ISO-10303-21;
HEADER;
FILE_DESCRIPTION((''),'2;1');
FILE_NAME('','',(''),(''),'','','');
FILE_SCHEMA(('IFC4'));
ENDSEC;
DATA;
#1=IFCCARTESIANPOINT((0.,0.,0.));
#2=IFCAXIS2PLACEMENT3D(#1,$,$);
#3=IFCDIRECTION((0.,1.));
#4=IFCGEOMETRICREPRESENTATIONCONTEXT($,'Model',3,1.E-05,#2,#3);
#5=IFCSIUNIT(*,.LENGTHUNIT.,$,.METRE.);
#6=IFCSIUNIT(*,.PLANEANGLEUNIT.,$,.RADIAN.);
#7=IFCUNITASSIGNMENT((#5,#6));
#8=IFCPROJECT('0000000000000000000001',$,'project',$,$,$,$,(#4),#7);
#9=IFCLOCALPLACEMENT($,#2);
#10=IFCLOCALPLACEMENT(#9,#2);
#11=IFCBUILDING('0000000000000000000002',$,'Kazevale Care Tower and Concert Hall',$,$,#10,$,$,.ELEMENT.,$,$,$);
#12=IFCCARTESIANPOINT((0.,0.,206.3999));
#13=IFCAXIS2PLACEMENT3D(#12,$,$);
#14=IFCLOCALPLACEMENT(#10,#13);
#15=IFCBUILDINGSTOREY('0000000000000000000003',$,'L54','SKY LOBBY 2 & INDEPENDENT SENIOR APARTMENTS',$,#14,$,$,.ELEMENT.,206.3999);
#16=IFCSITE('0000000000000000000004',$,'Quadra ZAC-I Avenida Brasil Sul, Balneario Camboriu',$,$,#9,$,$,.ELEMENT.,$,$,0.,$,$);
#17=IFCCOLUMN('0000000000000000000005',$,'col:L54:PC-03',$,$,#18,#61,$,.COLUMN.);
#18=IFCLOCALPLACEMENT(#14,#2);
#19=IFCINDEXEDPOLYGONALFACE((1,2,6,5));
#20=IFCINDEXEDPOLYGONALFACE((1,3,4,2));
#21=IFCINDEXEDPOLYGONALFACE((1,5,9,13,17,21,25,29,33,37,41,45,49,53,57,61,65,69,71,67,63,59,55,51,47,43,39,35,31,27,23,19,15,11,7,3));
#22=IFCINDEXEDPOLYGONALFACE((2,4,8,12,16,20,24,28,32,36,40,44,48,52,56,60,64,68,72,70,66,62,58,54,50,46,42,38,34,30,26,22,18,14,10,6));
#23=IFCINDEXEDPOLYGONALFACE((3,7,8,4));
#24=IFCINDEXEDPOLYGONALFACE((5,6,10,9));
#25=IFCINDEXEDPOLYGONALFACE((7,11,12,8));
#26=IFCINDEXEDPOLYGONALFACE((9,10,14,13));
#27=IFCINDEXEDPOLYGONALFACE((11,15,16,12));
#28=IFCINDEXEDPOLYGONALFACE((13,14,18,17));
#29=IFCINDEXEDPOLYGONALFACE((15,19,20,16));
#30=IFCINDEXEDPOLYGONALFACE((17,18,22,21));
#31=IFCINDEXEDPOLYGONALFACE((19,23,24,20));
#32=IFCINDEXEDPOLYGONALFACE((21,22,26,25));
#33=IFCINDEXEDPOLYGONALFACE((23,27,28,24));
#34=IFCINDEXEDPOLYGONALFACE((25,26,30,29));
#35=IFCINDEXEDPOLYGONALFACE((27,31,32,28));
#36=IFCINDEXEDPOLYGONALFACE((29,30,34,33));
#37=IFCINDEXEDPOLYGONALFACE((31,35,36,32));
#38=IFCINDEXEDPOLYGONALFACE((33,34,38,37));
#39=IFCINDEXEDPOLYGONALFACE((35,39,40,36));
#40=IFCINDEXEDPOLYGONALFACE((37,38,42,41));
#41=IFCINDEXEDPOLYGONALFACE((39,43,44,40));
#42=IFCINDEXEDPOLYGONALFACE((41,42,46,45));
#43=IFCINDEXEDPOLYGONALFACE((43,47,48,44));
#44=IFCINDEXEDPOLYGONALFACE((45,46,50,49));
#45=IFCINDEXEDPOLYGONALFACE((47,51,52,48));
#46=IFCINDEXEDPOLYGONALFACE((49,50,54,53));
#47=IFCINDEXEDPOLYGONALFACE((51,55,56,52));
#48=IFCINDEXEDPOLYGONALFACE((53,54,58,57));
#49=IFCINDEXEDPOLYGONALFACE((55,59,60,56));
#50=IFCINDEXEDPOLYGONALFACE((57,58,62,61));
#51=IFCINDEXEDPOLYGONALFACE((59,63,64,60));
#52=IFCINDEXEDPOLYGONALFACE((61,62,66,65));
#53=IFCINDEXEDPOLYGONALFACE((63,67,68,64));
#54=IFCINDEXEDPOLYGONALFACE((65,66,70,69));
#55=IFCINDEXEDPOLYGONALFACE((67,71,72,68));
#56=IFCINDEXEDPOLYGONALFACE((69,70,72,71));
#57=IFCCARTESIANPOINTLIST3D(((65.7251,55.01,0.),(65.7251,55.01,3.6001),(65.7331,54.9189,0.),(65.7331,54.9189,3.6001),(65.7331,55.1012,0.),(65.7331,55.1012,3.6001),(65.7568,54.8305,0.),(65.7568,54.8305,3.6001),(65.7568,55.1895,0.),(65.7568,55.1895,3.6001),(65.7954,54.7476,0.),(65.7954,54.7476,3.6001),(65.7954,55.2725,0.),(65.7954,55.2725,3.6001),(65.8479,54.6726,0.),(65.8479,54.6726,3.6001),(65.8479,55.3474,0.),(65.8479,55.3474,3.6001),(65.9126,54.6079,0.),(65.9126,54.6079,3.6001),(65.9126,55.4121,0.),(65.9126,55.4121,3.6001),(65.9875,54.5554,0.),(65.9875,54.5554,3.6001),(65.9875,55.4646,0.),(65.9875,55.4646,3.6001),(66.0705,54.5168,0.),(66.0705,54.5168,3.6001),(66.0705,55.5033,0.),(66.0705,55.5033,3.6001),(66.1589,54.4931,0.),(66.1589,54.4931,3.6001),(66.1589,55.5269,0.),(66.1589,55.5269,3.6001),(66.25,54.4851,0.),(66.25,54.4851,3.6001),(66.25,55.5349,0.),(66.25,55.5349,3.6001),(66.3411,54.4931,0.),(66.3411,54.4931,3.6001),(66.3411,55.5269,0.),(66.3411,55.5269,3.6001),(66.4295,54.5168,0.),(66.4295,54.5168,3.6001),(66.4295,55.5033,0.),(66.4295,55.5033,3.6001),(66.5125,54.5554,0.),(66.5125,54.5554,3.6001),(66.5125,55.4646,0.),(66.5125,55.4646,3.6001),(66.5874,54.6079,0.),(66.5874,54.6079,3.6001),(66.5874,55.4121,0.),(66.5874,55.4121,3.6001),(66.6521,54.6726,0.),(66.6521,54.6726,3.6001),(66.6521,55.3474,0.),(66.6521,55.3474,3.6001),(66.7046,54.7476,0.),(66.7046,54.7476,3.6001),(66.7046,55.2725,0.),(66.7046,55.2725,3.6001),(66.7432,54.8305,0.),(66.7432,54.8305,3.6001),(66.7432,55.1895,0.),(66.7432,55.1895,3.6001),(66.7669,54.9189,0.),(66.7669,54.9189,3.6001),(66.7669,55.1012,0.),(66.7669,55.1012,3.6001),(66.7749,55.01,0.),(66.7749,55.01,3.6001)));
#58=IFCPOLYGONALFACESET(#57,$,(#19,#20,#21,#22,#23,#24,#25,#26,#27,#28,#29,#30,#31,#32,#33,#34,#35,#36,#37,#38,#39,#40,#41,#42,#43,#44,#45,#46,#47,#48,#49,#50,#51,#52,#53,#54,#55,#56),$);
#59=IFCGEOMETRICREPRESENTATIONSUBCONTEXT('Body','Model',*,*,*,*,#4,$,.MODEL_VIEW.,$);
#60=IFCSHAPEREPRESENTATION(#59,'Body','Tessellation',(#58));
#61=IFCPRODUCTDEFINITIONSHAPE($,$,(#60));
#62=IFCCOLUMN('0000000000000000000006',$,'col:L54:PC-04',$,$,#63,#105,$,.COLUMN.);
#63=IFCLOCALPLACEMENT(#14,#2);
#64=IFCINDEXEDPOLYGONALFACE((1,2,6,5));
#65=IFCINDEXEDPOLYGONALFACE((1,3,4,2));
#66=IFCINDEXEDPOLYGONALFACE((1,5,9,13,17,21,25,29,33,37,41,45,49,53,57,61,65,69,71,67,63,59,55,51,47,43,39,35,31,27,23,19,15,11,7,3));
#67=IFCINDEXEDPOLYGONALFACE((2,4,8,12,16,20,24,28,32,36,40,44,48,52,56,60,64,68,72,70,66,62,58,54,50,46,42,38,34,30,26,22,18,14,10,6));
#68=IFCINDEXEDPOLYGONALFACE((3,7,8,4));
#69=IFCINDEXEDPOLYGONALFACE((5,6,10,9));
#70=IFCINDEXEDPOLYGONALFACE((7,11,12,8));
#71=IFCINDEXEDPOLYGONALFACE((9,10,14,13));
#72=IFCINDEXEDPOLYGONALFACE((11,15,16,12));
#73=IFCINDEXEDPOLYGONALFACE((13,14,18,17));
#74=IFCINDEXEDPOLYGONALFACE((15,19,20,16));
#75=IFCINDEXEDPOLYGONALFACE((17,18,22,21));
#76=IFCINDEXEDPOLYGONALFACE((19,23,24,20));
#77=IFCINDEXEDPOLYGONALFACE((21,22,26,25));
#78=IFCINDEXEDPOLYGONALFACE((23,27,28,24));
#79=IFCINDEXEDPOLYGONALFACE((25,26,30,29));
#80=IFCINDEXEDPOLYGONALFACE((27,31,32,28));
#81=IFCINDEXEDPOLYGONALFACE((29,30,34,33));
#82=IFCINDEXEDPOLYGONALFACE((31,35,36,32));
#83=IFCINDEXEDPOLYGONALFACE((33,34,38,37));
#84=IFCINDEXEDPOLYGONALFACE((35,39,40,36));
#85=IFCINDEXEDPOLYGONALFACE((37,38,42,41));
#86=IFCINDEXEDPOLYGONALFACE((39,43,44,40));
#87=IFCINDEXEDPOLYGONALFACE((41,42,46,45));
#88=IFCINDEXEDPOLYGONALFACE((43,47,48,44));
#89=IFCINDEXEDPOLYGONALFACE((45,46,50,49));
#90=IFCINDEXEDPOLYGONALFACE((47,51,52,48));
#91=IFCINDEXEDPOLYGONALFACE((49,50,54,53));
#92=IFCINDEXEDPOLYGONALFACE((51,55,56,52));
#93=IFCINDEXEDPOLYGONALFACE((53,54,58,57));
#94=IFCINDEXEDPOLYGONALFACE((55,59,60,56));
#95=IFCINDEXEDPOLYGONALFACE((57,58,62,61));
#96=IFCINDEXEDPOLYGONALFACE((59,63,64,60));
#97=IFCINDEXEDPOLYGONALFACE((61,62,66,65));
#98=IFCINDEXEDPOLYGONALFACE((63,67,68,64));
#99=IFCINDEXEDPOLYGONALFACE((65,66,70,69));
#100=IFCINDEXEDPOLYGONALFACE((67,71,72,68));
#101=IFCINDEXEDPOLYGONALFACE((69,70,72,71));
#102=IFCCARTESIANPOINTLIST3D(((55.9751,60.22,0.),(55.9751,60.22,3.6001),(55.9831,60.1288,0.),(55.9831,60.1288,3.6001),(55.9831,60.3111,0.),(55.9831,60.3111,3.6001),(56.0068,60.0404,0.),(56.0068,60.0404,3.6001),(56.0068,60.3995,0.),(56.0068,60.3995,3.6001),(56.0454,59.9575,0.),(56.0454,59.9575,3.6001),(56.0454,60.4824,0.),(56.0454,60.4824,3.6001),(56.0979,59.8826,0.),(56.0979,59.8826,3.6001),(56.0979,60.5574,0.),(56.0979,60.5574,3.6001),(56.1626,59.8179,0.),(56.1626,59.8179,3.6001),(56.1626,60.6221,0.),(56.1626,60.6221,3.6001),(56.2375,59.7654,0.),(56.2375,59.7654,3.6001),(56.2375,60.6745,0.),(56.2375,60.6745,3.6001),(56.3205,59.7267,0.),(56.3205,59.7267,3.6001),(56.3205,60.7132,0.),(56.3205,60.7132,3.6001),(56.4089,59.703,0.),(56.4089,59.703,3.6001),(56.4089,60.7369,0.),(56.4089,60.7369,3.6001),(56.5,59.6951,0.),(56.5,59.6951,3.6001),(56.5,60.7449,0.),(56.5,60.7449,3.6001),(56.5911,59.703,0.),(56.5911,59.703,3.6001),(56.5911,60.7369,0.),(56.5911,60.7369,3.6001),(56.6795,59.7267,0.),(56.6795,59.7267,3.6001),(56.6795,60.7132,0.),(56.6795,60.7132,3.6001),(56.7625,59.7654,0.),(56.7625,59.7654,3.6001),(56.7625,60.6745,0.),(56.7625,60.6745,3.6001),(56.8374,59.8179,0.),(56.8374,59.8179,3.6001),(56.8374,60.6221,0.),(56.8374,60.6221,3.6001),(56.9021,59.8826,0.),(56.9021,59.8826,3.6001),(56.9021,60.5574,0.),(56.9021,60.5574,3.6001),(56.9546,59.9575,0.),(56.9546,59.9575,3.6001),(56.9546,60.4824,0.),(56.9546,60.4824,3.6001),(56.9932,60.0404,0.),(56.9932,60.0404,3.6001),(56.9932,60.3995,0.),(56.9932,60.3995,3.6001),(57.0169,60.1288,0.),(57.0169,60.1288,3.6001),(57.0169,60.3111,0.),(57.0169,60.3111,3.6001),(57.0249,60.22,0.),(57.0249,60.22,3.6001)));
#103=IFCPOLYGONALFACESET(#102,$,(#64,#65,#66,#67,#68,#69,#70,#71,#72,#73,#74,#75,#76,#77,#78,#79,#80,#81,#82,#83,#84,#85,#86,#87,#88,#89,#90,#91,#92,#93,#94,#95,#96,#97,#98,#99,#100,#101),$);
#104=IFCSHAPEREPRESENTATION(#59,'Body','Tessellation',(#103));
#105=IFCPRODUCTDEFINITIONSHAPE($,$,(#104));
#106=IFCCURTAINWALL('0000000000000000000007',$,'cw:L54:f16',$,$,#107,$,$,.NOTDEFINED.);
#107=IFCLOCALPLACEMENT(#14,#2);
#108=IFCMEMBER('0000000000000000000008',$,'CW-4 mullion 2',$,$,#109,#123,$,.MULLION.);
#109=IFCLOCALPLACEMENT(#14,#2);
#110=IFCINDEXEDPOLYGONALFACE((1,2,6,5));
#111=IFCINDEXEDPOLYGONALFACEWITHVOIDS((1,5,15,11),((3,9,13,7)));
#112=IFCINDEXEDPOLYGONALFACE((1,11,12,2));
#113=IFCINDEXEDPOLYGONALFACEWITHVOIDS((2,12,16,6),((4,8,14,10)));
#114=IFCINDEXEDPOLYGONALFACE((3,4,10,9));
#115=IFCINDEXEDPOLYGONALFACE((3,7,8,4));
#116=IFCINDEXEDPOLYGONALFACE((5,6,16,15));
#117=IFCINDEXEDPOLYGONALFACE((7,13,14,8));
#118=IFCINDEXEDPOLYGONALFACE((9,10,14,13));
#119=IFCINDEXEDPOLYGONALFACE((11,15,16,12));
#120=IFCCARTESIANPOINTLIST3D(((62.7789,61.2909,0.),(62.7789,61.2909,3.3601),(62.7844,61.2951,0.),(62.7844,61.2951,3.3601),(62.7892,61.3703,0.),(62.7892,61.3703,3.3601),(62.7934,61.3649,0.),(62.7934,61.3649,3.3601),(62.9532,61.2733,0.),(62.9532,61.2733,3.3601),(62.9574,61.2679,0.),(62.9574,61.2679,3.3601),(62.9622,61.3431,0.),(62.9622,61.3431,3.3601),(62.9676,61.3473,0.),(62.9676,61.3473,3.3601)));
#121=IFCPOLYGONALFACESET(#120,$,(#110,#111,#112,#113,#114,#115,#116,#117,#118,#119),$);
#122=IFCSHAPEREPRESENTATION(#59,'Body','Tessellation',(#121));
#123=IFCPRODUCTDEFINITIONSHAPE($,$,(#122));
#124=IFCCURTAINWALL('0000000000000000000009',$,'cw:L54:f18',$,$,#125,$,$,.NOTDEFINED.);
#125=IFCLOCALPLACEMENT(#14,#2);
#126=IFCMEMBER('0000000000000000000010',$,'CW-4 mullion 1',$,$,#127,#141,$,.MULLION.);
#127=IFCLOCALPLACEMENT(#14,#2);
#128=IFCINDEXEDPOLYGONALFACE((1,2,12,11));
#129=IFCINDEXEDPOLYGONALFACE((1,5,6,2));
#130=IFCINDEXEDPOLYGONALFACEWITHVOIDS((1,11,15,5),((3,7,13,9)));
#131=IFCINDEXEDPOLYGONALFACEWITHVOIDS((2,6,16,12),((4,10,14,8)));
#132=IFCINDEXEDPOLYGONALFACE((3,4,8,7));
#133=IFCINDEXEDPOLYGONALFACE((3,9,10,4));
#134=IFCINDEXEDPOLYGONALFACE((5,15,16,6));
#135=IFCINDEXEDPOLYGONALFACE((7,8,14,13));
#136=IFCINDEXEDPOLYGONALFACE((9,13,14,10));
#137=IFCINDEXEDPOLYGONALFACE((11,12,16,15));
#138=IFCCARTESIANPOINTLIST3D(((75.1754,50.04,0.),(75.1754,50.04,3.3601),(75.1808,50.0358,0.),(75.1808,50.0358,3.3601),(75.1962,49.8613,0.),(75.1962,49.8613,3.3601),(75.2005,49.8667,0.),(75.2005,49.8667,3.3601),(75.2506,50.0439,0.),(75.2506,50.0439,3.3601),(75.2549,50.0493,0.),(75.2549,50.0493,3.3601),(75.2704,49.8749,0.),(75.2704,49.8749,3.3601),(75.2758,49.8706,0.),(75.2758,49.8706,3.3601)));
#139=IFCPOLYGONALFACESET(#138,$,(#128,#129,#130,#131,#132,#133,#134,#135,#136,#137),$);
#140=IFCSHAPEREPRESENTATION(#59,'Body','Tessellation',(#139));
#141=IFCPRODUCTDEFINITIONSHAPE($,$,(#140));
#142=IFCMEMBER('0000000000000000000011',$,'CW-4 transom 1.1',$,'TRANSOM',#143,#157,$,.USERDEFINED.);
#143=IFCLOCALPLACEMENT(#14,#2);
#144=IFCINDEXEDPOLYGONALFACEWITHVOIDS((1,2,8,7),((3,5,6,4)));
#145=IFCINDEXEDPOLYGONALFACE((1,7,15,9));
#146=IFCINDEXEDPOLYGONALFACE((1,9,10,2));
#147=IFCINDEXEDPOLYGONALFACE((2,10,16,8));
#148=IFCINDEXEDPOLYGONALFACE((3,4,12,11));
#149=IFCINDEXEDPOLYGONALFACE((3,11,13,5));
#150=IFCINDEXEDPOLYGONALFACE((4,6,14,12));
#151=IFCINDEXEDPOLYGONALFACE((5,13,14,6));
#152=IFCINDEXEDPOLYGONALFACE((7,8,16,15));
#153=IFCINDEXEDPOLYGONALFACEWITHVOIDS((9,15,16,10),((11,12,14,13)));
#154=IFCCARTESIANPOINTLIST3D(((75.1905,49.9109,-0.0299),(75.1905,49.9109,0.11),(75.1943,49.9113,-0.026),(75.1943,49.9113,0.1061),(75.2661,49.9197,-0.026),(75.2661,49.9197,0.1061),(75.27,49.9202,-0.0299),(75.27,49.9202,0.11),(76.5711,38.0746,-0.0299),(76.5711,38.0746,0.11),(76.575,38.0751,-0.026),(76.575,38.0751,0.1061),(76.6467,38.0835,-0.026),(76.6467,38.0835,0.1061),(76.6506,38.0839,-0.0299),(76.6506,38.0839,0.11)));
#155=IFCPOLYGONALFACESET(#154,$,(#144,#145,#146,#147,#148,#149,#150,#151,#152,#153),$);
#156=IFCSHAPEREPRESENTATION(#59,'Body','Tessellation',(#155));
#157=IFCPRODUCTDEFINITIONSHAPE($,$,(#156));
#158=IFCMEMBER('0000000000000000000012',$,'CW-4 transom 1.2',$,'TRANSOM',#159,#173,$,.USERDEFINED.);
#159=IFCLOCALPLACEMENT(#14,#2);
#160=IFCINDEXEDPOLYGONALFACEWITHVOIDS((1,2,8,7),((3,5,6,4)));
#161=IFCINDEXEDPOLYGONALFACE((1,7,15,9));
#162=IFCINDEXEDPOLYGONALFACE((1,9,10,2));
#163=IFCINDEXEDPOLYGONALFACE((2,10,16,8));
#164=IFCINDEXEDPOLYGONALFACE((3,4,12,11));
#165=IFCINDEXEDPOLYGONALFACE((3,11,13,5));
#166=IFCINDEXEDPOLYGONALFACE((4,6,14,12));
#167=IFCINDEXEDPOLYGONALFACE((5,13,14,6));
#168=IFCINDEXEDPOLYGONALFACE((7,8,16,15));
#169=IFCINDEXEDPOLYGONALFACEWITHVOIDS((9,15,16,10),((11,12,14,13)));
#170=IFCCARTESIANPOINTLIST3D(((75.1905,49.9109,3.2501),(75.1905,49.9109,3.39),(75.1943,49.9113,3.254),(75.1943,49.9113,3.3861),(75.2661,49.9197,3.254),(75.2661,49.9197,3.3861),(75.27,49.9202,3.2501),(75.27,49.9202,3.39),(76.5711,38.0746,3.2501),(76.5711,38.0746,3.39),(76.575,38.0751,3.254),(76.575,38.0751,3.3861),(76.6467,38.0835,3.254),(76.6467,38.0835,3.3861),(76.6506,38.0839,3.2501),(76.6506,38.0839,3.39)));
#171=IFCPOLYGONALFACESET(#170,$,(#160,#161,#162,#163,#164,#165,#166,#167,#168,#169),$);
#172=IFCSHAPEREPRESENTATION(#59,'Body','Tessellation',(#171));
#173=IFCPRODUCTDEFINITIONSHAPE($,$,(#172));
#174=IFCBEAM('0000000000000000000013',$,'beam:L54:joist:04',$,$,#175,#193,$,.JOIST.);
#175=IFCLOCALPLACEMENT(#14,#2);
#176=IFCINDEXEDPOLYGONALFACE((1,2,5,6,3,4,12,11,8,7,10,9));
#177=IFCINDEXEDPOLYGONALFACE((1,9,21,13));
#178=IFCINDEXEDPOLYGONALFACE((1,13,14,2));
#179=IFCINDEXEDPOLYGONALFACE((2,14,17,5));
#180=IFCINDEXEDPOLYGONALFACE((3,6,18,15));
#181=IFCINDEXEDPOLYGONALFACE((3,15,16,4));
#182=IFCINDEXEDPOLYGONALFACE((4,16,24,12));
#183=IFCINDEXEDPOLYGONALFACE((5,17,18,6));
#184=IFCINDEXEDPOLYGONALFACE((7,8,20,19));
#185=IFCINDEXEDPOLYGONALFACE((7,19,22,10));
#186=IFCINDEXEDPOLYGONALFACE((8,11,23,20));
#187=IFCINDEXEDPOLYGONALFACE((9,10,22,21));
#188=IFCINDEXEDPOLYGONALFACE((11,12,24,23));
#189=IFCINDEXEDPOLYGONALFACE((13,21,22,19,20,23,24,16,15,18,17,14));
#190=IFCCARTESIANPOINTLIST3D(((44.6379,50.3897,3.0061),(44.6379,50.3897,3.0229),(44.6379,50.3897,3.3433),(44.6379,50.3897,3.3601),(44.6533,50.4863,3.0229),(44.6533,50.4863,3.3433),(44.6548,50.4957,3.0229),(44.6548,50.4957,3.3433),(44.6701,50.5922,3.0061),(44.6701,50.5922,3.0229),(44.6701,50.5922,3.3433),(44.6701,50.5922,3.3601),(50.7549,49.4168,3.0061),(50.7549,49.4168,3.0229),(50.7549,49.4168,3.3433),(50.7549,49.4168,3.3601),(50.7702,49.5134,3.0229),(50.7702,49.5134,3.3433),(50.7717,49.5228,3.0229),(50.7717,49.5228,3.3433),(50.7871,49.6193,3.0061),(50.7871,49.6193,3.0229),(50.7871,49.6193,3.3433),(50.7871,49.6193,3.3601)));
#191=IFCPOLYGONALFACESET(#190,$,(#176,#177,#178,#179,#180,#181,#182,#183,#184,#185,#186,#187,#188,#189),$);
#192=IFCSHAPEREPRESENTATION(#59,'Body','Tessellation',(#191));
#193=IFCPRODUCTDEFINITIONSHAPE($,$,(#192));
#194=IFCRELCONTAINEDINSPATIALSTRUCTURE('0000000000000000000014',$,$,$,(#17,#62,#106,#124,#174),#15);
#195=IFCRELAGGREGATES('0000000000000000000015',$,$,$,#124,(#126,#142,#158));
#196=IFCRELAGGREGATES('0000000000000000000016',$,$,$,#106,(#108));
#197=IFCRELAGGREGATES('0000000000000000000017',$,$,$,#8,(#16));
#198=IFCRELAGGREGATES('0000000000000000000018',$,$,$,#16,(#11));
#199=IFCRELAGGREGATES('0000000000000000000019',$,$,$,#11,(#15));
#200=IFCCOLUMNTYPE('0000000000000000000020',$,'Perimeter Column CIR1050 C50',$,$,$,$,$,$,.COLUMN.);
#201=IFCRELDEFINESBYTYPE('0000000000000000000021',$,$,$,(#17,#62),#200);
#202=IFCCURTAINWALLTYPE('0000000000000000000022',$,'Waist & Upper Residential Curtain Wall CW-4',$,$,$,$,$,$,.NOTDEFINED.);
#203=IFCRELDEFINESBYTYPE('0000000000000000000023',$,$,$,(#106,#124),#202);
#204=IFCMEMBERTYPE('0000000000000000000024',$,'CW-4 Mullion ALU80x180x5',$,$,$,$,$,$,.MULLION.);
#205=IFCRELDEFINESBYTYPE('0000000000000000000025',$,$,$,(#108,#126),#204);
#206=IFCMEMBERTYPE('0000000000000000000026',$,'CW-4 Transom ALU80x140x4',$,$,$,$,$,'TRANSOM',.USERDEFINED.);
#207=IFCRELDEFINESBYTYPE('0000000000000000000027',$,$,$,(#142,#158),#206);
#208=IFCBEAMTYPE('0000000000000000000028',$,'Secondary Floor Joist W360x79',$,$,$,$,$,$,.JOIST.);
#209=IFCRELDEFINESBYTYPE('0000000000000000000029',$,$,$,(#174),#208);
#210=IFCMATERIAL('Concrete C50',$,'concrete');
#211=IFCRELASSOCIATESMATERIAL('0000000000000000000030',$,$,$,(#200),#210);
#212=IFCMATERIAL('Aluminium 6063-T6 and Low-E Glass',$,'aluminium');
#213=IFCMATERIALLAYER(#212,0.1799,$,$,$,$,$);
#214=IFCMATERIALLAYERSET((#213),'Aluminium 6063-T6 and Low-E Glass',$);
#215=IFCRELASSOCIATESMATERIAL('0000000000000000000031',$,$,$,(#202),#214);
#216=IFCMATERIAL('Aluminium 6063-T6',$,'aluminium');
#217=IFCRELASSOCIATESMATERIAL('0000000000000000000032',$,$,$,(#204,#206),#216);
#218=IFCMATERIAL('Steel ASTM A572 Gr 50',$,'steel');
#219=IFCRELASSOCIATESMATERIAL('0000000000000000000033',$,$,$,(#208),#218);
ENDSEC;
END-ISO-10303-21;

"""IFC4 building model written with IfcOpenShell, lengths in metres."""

from ifc_helpers import new_model, si_unit, direction, frame, origin, origin_2d, place, context, subcontext, project, spatial, hollow_rectangle, circle, i_section, extrude, material, layer, layer_set, material_profile, profile_set, type_object, element, aggregate, save


model = new_model("IFC4")

# Units and contexts
model_context = context("Model", 3, precision=1e-05, world=origin(), true_north=direction((0.0, 1.0)))
body_context = subcontext(model_context, "Body", "Model", "MODEL_VIEW")
ifc_project = project(units=[si_unit("LENGTHUNIT", "METRE"), si_unit("PLANEANGLEUNIT", "RADIAN")], contexts=[model_context])

# Site, building, storey
site_placement = place(None, origin())
site = spatial("IfcSite", under=ifc_project, at=site_placement, Name="Quadra ZAC-I Avenida Brasil Sul, Balneario Camboriu", CompositionType="ELEMENT", RefElevation=0.0)
building_placement = place(site_placement, origin())
building = spatial("IfcBuilding", under=site, at=building_placement, Name="Kazevale Care Tower and Concert Hall", CompositionType="ELEMENT")
storey_placement = place(building_placement, frame((0.0, 0.0, 206.3999)))
storey = spatial("IfcBuildingStorey", under=building, at=storey_placement, Name="L54", Description="SKY LOBBY 2 & INDEPENDENT SENIOR APARTMENTS", CompositionType="ELEMENT", Elevation=206.3999)

# Columns
ifc_material_1 = material(Name="Concrete C50", Category="concrete")
ifc_material_profile_1 = material_profile(ifc_material_1, circle(Radius=0.5249, at=origin_2d()), Name="RC-CIR1050")
ifc_profile_set_1 = profile_set([ifc_material_profile_1], Name="Concrete C50")
column_type = type_object("IfcColumnType", Name="Perimeter Column CIR1050 C50", PredefinedType="COLUMN", material=ifc_profile_set_1)
for number, where, z_axis, x_axis, name in (
    (1, (66.25, 55.01, 0.0), (0.0, 0.0, 1.0), (1.0, 0.0, 0.0), "col:L54:PC-03"),
    (2, (56.5, 60.22, 0.0), (0.0, 0.0, 1.0), (1.0, 0.0, 0.0), "col:L54:PC-04"),
):
    element("IfcColumn", number, at=place(storey_placement, frame(where, z_axis=z_axis, x_axis=x_axis)), inside=storey, type_object=column_type, Name=name, PredefinedType="COLUMN", context=body_context, shape_type="SweptSolid", body=[
        extrude(circle(Radius=0.5249, at=origin_2d()), origin(), (0.0, 0.0, 1.0), 3.6001),
    ])

# Curtain wall, member
ifc_material_2 = material(Name="Aluminium 6063-T6 and Low-E Glass", Category="aluminium")
ifc_layer_1 = layer(ifc_material_2, 0.1799)
ifc_layer_set_1 = layer_set([ifc_layer_1], Name="Aluminium 6063-T6 and Low-E Glass")
curtain_wall_type = type_object("IfcCurtainWallType", Name="Waist & Upper Residential Curtain Wall CW-4", PredefinedType="NOTDEFINED", material=ifc_layer_set_1)
curtain_wall_1_placement = place(storey_placement, origin())
curtain_wall_1 = element("IfcCurtainWall", 3, at=curtain_wall_1_placement, inside=storey, type_object=curtain_wall_type, Name="cw:L54:f16", PredefinedType="NOTDEFINED")
ifc_material_3 = material(Name="Aluminium 6063-T6", Category="aluminium")
ifc_material_profile_2 = material_profile(ifc_material_3, hollow_rectangle(XDim=0.0801, YDim=0.1799, WallThickness=0.0049, at=origin_2d()), Name="ALU80x180x5")
ifc_profile_set_2 = profile_set([ifc_material_profile_2], Name="Aluminium 6063-T6")
member_type_1 = type_object("IfcMemberType", Name="CW-4 Mullion ALU80x180x5", PredefinedType="MULLION", material=ifc_profile_set_2)
member_1_placement = place(storey_placement, frame((62.8733, 61.3191, 0.0), z_axis=(0.0, 0.0, 1.0), x_axis=(0.128098, 0.991761, 0.0)))
member_1 = element("IfcMember", 4, at=member_1_placement, type_object=member_type_1, Name="CW-4 mullion 2", PredefinedType="MULLION", context=body_context, shape_type="SweptSolid", body=[
    extrude(hollow_rectangle(XDim=0.0801, YDim=0.1799, WallThickness=0.0049, at=origin_2d()), origin(), (0.0, 0.0, 1.0), 3.3601),
])

# Curtain wall, members
curtain_wall_2_placement = place(storey_placement, origin())
curtain_wall_2 = element("IfcCurtainWall", 5, at=curtain_wall_2_placement, inside=storey, type_object=curtain_wall_type, Name="cw:L54:f18", PredefinedType="NOTDEFINED")
member_2_placement = place(storey_placement, frame((75.2256, 49.9553, 0.0), z_axis=(0.0, 0.0, 1.0), x_axis=(0.993267, 0.115847, 0.0)))
member_2 = element("IfcMember", 6, at=member_2_placement, type_object=member_type_1, Name="CW-4 mullion 1", PredefinedType="MULLION", context=body_context, shape_type="SweptSolid", body=[
    extrude(hollow_rectangle(XDim=0.0801, YDim=0.1799, WallThickness=0.0049, at=origin_2d()), origin(), (0.0, 0.0, 1.0), 3.3601),
])
ifc_material_profile_3 = material_profile(ifc_material_3, hollow_rectangle(XDim=0.0801, YDim=0.1399, WallThickness=0.0039, at=origin_2d()), Name="ALU80x140x4")
ifc_profile_set_3 = profile_set([ifc_material_profile_3], Name="Aluminium 6063-T6")
member_type_2 = type_object("IfcMemberType", Name="CW-4 Transom ALU80x140x4", ElementType="TRANSOM", PredefinedType="USERDEFINED", material=ifc_profile_set_3)
member_3_placement = place(storey_placement, frame((75.2302, 49.9155, 0.04), z_axis=(0.115858, -0.993266, 0.0), x_axis=(0.993266, 0.115858, 0.0)))
member_3 = element("IfcMember", 7, at=member_3_placement, type_object=member_type_2, Name="CW-4 transom 1.1", ObjectType="TRANSOM", PredefinedType="USERDEFINED", context=body_context, shape_type="SweptSolid", body=[
    extrude(hollow_rectangle(XDim=0.0801, YDim=0.1399, WallThickness=0.0039, at=origin_2d()), origin(), (0.0, 0.0, 1.0), 11.9165),
])
member_4_placement = place(storey_placement, frame((75.2302, 49.9155, 3.3201), z_axis=(0.115858, -0.993266, 0.0), x_axis=(0.993266, 0.115858, 0.0)))
member_4 = element("IfcMember", 8, at=member_4_placement, type_object=member_type_2, Name="CW-4 transom 1.2", ObjectType="TRANSOM", PredefinedType="USERDEFINED", context=body_context, shape_type="SweptSolid", body=[
    extrude(hollow_rectangle(XDim=0.0801, YDim=0.1399, WallThickness=0.0039, at=origin_2d()), origin(), (0.0, 0.0, 1.0), 11.9165),
])
aggregate(curtain_wall_2, [member_2, member_3, member_4])

# Beam
ifc_material_4 = material(Name="Steel ASTM A572 Gr 50", Category="steel")
ifc_material_profile_4 = material_profile(ifc_material_4, i_section(OverallWidth=0.2051, OverallDepth=0.354, WebThickness=0.0095, FlangeThickness=0.0168, at=origin_2d()), Name="W360x79")
ifc_profile_set_4 = profile_set([ifc_material_profile_4], Name="Steel ASTM A572 Gr 50")
beam_type_1 = type_object("IfcBeamType", Name="Secondary Floor Joist W360x79", PredefinedType="JOIST", material=ifc_profile_set_4)
beam_1_placement = place(storey_placement, frame((50.771, 49.5181, 3.1831), z_axis=(-0.987587, 0.157076, 0.0), x_axis=(-0.157076, -0.987587, 0.0)))
element("IfcBeam", 9, at=beam_1_placement, inside=storey, type_object=beam_type_1, Name="beam:L54:joist:04", PredefinedType="JOIST", context=body_context, shape_type="SweptSolid", body=[
    extrude(i_section(OverallWidth=0.2051, OverallDepth=0.354, WebThickness=0.0095, FlangeThickness=0.0168, at=origin_2d()), origin(), (0.0, 0.0, 1.0), 6.1938),
])

aggregate(curtain_wall_1, [member_1])

save(model, "model.ifc")
